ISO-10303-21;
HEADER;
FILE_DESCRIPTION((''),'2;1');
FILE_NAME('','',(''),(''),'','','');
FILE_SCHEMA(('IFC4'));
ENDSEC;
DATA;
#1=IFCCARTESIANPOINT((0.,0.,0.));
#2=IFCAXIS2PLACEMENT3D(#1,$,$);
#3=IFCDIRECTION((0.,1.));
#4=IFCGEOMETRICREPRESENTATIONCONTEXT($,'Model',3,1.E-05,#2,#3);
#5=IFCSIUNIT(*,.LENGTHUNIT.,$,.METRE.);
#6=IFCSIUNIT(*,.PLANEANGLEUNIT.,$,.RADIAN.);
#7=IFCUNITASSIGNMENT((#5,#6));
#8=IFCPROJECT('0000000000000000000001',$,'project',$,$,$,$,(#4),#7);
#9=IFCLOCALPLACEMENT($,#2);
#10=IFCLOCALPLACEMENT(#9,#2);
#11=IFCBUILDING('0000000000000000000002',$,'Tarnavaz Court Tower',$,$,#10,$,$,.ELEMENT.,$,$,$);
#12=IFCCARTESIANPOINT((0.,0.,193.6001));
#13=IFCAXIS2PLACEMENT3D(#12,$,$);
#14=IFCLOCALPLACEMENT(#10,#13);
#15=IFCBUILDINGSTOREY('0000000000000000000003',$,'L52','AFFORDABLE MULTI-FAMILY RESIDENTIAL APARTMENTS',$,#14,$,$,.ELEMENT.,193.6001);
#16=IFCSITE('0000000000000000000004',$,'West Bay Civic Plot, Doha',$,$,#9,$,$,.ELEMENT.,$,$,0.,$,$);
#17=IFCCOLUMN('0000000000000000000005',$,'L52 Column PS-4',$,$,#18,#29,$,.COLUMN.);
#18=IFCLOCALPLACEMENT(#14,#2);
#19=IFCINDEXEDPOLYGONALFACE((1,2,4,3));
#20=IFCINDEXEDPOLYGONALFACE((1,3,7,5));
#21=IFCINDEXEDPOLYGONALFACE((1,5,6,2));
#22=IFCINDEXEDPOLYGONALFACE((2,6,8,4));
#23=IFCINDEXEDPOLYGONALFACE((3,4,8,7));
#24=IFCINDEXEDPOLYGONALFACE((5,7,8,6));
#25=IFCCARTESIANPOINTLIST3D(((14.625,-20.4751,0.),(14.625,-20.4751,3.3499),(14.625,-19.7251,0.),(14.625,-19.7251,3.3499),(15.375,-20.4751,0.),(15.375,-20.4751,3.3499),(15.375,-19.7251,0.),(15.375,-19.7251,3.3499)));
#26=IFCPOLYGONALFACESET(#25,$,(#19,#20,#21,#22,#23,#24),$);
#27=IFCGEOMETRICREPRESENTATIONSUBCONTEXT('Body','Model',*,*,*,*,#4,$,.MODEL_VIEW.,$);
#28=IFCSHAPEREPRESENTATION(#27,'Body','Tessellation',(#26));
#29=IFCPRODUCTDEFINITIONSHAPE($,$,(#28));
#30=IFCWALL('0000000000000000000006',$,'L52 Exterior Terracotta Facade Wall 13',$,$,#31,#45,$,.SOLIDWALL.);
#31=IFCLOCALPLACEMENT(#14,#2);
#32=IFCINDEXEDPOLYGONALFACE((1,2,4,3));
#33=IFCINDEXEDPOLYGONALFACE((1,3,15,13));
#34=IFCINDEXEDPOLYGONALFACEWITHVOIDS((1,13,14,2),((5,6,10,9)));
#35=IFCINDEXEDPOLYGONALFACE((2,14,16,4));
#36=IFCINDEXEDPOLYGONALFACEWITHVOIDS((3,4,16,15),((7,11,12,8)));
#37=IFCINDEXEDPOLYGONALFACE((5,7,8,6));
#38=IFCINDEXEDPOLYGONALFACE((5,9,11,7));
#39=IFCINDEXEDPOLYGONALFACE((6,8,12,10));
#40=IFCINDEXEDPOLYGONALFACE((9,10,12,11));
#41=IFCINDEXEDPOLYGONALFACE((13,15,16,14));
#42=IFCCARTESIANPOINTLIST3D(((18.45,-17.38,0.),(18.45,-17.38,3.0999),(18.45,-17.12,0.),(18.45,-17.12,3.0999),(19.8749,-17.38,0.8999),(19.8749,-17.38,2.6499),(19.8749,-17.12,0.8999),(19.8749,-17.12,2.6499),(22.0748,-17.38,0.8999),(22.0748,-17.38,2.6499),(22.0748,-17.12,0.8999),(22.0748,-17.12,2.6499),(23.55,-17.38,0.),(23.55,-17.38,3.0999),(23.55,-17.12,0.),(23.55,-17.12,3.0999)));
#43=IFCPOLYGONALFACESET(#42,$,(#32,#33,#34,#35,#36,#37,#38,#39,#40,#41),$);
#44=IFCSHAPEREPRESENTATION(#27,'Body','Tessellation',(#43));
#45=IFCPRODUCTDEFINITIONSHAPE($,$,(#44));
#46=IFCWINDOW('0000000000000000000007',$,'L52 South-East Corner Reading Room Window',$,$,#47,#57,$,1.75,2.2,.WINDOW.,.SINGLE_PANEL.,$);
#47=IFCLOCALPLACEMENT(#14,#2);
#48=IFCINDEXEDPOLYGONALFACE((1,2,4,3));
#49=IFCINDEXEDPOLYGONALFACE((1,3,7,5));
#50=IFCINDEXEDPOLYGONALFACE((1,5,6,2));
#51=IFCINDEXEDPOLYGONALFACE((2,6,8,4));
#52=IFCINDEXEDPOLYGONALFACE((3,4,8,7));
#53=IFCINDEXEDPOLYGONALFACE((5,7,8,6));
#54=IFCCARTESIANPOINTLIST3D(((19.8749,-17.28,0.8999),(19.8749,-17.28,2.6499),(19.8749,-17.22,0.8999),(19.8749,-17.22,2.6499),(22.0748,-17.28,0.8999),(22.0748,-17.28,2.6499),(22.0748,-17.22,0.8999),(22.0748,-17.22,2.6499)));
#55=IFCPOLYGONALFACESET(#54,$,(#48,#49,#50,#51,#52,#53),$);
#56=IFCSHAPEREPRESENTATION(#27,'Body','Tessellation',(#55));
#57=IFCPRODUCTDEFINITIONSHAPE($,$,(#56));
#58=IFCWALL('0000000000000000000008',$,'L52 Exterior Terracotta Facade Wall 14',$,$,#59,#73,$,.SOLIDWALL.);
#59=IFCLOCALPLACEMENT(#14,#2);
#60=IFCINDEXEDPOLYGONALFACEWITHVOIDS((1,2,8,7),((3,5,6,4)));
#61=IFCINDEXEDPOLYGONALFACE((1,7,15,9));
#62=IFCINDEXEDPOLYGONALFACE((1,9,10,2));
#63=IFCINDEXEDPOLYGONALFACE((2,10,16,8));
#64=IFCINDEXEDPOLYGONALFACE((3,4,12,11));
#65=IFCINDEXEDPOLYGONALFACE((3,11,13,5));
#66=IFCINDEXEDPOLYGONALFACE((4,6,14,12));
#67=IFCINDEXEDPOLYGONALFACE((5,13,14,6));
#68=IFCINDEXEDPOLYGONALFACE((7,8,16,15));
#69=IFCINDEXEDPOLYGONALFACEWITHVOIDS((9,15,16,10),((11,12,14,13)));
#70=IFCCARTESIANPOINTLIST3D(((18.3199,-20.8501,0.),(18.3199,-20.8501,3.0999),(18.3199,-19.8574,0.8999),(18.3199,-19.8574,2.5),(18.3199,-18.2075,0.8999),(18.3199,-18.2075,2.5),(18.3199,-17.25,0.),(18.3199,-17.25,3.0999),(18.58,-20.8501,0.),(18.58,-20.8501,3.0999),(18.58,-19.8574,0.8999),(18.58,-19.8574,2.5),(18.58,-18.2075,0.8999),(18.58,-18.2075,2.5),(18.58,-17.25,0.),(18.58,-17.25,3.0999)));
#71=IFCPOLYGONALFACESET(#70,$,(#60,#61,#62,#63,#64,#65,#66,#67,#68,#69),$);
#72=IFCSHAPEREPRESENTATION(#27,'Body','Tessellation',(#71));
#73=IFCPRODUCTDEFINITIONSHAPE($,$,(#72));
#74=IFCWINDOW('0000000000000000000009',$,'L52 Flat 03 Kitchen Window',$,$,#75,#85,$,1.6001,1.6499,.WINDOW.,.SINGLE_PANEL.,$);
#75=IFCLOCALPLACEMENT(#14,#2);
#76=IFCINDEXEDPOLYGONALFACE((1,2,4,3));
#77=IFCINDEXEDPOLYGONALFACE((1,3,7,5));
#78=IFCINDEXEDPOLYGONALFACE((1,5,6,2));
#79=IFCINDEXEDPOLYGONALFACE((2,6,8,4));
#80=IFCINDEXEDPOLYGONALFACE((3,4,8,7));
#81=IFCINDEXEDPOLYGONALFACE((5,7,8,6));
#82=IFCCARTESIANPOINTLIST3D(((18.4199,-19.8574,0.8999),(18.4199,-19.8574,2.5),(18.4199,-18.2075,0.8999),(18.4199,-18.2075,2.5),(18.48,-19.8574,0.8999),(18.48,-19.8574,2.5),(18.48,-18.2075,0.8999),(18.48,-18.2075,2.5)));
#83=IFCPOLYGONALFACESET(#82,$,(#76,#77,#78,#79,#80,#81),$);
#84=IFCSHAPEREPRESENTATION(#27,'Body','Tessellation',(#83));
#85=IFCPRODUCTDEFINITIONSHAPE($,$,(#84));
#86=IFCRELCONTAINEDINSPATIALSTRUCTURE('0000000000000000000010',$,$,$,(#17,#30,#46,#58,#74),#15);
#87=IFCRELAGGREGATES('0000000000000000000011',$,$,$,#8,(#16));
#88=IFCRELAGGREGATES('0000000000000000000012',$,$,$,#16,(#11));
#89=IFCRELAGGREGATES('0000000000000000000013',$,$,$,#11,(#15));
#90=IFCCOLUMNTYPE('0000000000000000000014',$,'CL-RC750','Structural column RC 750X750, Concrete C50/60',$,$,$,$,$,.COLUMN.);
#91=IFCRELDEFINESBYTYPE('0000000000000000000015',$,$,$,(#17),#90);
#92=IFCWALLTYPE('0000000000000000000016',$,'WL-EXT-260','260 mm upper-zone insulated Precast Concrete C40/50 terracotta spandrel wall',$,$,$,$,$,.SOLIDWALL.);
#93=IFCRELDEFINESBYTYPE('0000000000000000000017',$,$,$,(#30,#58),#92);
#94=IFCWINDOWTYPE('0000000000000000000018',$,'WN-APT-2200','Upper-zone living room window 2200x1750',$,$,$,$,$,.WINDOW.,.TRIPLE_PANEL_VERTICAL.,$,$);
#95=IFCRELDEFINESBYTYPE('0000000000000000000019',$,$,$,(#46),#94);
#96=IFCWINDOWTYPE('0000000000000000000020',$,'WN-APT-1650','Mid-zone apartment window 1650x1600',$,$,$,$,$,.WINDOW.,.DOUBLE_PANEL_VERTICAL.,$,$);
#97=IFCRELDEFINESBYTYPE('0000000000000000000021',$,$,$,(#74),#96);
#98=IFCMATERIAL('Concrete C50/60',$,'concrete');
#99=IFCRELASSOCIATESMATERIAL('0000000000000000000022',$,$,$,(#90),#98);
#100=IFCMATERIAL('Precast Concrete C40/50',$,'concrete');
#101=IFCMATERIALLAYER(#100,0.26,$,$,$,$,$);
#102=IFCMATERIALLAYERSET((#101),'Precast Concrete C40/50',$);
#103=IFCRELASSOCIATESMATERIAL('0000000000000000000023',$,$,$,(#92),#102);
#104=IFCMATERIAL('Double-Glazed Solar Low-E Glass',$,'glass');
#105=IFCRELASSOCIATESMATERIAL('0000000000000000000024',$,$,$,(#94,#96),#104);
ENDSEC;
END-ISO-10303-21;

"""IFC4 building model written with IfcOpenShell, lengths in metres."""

from ifc_helpers import new_model, si_unit, direction, frame, frame_2d, origin, origin_2d, place, context, subcontext, project, spatial, rectangle, extrude, material, layer, layer_set, material_profile, profile_set, type_object, element, fill, save


model = new_model("IFC4")

# Units and contexts
model_context = context("Model", 3, precision=1e-05, world=origin(), true_north=direction((0.0, 1.0)))
body_context = subcontext(model_context, "Body", "Model", "MODEL_VIEW")
ifc_project = project(units=[si_unit("LENGTHUNIT", "METRE"), si_unit("PLANEANGLEUNIT", "RADIAN")], contexts=[model_context])

# Site, building, storey
site_placement = place(None, origin())
site = spatial("IfcSite", under=ifc_project, at=site_placement, Name="West Bay Civic Plot, Doha", CompositionType="ELEMENT", RefElevation=0.0)
building_placement = place(site_placement, origin())
building = spatial("IfcBuilding", under=site, at=building_placement, Name="Tarnavaz Court Tower", CompositionType="ELEMENT")
storey_placement = place(building_placement, frame((0.0, 0.0, 193.6001)))
storey = spatial("IfcBuildingStorey", under=building, at=storey_placement, Name="L52", Description="AFFORDABLE MULTI-FAMILY RESIDENTIAL APARTMENTS", CompositionType="ELEMENT", Elevation=193.6001)

# Column
ifc_material_1 = material(Name="Concrete C50/60", Category="concrete")
ifc_material_profile_1 = material_profile(ifc_material_1, rectangle(XDim=0.75, YDim=0.75, at=origin_2d()), Name="RC 750X750")
ifc_profile_set_1 = profile_set([ifc_material_profile_1], Name="Concrete C50/60")
column_type = type_object("IfcColumnType", Name="CL-RC750", Description="Structural column RC 750X750, Concrete C50/60", PredefinedType="COLUMN", material=ifc_profile_set_1)
column_placement = place(storey_placement, frame((15.0, -20.1001, 0.0), z_axis=(0.0, 0.0, 1.0), x_axis=(1.0, 0.0, 0.0)))
element("IfcColumn", 1, at=column_placement, inside=storey, type_object=column_type, Name="L52 Column PS-4", PredefinedType="COLUMN", context=body_context, shape_type="SweptSolid", body=[
    extrude(rectangle(XDim=0.75, YDim=0.75, at=origin_2d()), origin(), (0.0, 0.0, 1.0), 3.3499),
])

# Walls, openings, windows
ifc_material_2 = material(Name="Precast Concrete C40/50", Category="concrete")
ifc_layer_1 = layer(ifc_material_2, 0.26)
ifc_layer_set_1 = layer_set([ifc_layer_1], Name="Precast Concrete C40/50")
wall_type_1 = type_object("IfcWallType", Name="WL-EXT-260", Description="260 mm upper-zone insulated Precast Concrete C40/50 terracotta spandrel wall", PredefinedType="SOLIDWALL", material=ifc_layer_set_1)
wall_1_placement = place(storey_placement, frame((23.55, -17.25, 0.0), z_axis=(0.0, 0.0, 1.0), x_axis=(-1.0, 0.0, 0.0)))
wall_1 = element("IfcWall", 2, at=wall_1_placement, inside=storey, type_object=wall_type_1, Name="L52 Exterior Terracotta Facade Wall 13", PredefinedType="SOLIDWALL", context=body_context, shape_type="SweptSolid", body=[
    extrude(rectangle(XDim=5.1001, YDim=0.26, at=frame_2d((2.55, 0.0))), origin(), (0.0, 0.0, 1.0), 3.0999),
])
opening_1_placement = place(wall_1_placement, frame((1.4751, 0.0, 0.8999)))
opening_1 = element("IfcOpeningElement", 3, at=opening_1_placement, cuts=wall_1, PredefinedType="OPENING", context=body_context, shape_type="SweptSolid", body=[
    extrude(rectangle(XDim=2.2, YDim=1.75, at=frame_2d((1.1001, 0.875))), frame((0.0, 0.1399, 0.0), z_axis=(0.0, -1.0, 0.0), x_axis=(1.0, 0.0, 0.0)), (0.0, 0.0, 1.0), 0.28),
])
ifc_material_3 = material(Name="Double-Glazed Solar Low-E Glass", Category="glass")
window_type_1 = type_object("IfcWindowType", Name="WN-APT-2200", Description="Upper-zone living room window 2200x1750", PartitioningType="TRIPLE_PANEL_VERTICAL", PredefinedType="WINDOW", material=ifc_material_3)
window_1_placement = place(opening_1_placement, origin())
window_1 = element("IfcWindow", 4, at=window_1_placement, inside=storey, type_object=window_type_1, Name="L52 South-East Corner Reading Room Window", OverallHeight=1.75, OverallWidth=2.2, PartitioningType="SINGLE_PANEL", PredefinedType="WINDOW", context=body_context, shape_type="SweptSolid", body=[
    extrude(rectangle(XDim=2.2, YDim=1.75, at=frame_2d((1.1001, 0.875))), frame((0.0, 0.03, 0.0), z_axis=(0.0, -1.0, 0.0), x_axis=(1.0, 0.0, 0.0)), (0.0, 0.0, 1.0), 0.0601),
])
fill(opening_1, window_1)
wall_2_placement = place(storey_placement, frame((18.45, -17.25, 0.0), z_axis=(0.0, 0.0, 1.0), x_axis=(0.0, -1.0, 0.0)))
wall_2 = element("IfcWall", 5, at=wall_2_placement, inside=storey, type_object=wall_type_1, Name="L52 Exterior Terracotta Facade Wall 14", PredefinedType="SOLIDWALL", context=body_context, shape_type="SweptSolid", body=[
    extrude(rectangle(XDim=3.6001, YDim=0.26, at=frame_2d((1.8, 0.0))), origin(), (0.0, 0.0, 1.0), 3.0999),
])
opening_2_placement = place(wall_2_placement, frame((0.9575, 0.0, 0.8999)))
opening_2 = element("IfcOpeningElement", 6, at=opening_2_placement, cuts=wall_2, PredefinedType="OPENING", context=body_context, shape_type="SweptSolid", body=[
    extrude(rectangle(XDim=1.6499, YDim=1.6001, at=frame_2d((0.825, 0.8))), frame((0.0, 0.1399, 0.0), z_axis=(0.0, -1.0, 0.0), x_axis=(1.0, 0.0, 0.0)), (0.0, 0.0, 1.0), 0.28),
])
window_type_2 = type_object("IfcWindowType", Name="WN-APT-1650", Description="Mid-zone apartment window 1650x1600", PartitioningType="DOUBLE_PANEL_VERTICAL", PredefinedType="WINDOW", material=ifc_material_3)
window_2_placement = place(opening_2_placement, origin())
window_2 = element("IfcWindow", 7, at=window_2_placement, inside=storey, type_object=window_type_2, Name="L52 Flat 03 Kitchen Window", OverallHeight=1.6001, OverallWidth=1.6499, PartitioningType="SINGLE_PANEL", PredefinedType="WINDOW", context=body_context, shape_type="SweptSolid", body=[
    extrude(rectangle(XDim=1.6499, YDim=1.6001, at=frame_2d((0.825, 0.8))), frame((0.0, 0.03, 0.0), z_axis=(0.0, -1.0, 0.0), x_axis=(1.0, 0.0, 0.0)), (0.0, 0.0, 1.0), 0.0601),
])
fill(opening_2, window_2)

save(model, "model.ifc")
